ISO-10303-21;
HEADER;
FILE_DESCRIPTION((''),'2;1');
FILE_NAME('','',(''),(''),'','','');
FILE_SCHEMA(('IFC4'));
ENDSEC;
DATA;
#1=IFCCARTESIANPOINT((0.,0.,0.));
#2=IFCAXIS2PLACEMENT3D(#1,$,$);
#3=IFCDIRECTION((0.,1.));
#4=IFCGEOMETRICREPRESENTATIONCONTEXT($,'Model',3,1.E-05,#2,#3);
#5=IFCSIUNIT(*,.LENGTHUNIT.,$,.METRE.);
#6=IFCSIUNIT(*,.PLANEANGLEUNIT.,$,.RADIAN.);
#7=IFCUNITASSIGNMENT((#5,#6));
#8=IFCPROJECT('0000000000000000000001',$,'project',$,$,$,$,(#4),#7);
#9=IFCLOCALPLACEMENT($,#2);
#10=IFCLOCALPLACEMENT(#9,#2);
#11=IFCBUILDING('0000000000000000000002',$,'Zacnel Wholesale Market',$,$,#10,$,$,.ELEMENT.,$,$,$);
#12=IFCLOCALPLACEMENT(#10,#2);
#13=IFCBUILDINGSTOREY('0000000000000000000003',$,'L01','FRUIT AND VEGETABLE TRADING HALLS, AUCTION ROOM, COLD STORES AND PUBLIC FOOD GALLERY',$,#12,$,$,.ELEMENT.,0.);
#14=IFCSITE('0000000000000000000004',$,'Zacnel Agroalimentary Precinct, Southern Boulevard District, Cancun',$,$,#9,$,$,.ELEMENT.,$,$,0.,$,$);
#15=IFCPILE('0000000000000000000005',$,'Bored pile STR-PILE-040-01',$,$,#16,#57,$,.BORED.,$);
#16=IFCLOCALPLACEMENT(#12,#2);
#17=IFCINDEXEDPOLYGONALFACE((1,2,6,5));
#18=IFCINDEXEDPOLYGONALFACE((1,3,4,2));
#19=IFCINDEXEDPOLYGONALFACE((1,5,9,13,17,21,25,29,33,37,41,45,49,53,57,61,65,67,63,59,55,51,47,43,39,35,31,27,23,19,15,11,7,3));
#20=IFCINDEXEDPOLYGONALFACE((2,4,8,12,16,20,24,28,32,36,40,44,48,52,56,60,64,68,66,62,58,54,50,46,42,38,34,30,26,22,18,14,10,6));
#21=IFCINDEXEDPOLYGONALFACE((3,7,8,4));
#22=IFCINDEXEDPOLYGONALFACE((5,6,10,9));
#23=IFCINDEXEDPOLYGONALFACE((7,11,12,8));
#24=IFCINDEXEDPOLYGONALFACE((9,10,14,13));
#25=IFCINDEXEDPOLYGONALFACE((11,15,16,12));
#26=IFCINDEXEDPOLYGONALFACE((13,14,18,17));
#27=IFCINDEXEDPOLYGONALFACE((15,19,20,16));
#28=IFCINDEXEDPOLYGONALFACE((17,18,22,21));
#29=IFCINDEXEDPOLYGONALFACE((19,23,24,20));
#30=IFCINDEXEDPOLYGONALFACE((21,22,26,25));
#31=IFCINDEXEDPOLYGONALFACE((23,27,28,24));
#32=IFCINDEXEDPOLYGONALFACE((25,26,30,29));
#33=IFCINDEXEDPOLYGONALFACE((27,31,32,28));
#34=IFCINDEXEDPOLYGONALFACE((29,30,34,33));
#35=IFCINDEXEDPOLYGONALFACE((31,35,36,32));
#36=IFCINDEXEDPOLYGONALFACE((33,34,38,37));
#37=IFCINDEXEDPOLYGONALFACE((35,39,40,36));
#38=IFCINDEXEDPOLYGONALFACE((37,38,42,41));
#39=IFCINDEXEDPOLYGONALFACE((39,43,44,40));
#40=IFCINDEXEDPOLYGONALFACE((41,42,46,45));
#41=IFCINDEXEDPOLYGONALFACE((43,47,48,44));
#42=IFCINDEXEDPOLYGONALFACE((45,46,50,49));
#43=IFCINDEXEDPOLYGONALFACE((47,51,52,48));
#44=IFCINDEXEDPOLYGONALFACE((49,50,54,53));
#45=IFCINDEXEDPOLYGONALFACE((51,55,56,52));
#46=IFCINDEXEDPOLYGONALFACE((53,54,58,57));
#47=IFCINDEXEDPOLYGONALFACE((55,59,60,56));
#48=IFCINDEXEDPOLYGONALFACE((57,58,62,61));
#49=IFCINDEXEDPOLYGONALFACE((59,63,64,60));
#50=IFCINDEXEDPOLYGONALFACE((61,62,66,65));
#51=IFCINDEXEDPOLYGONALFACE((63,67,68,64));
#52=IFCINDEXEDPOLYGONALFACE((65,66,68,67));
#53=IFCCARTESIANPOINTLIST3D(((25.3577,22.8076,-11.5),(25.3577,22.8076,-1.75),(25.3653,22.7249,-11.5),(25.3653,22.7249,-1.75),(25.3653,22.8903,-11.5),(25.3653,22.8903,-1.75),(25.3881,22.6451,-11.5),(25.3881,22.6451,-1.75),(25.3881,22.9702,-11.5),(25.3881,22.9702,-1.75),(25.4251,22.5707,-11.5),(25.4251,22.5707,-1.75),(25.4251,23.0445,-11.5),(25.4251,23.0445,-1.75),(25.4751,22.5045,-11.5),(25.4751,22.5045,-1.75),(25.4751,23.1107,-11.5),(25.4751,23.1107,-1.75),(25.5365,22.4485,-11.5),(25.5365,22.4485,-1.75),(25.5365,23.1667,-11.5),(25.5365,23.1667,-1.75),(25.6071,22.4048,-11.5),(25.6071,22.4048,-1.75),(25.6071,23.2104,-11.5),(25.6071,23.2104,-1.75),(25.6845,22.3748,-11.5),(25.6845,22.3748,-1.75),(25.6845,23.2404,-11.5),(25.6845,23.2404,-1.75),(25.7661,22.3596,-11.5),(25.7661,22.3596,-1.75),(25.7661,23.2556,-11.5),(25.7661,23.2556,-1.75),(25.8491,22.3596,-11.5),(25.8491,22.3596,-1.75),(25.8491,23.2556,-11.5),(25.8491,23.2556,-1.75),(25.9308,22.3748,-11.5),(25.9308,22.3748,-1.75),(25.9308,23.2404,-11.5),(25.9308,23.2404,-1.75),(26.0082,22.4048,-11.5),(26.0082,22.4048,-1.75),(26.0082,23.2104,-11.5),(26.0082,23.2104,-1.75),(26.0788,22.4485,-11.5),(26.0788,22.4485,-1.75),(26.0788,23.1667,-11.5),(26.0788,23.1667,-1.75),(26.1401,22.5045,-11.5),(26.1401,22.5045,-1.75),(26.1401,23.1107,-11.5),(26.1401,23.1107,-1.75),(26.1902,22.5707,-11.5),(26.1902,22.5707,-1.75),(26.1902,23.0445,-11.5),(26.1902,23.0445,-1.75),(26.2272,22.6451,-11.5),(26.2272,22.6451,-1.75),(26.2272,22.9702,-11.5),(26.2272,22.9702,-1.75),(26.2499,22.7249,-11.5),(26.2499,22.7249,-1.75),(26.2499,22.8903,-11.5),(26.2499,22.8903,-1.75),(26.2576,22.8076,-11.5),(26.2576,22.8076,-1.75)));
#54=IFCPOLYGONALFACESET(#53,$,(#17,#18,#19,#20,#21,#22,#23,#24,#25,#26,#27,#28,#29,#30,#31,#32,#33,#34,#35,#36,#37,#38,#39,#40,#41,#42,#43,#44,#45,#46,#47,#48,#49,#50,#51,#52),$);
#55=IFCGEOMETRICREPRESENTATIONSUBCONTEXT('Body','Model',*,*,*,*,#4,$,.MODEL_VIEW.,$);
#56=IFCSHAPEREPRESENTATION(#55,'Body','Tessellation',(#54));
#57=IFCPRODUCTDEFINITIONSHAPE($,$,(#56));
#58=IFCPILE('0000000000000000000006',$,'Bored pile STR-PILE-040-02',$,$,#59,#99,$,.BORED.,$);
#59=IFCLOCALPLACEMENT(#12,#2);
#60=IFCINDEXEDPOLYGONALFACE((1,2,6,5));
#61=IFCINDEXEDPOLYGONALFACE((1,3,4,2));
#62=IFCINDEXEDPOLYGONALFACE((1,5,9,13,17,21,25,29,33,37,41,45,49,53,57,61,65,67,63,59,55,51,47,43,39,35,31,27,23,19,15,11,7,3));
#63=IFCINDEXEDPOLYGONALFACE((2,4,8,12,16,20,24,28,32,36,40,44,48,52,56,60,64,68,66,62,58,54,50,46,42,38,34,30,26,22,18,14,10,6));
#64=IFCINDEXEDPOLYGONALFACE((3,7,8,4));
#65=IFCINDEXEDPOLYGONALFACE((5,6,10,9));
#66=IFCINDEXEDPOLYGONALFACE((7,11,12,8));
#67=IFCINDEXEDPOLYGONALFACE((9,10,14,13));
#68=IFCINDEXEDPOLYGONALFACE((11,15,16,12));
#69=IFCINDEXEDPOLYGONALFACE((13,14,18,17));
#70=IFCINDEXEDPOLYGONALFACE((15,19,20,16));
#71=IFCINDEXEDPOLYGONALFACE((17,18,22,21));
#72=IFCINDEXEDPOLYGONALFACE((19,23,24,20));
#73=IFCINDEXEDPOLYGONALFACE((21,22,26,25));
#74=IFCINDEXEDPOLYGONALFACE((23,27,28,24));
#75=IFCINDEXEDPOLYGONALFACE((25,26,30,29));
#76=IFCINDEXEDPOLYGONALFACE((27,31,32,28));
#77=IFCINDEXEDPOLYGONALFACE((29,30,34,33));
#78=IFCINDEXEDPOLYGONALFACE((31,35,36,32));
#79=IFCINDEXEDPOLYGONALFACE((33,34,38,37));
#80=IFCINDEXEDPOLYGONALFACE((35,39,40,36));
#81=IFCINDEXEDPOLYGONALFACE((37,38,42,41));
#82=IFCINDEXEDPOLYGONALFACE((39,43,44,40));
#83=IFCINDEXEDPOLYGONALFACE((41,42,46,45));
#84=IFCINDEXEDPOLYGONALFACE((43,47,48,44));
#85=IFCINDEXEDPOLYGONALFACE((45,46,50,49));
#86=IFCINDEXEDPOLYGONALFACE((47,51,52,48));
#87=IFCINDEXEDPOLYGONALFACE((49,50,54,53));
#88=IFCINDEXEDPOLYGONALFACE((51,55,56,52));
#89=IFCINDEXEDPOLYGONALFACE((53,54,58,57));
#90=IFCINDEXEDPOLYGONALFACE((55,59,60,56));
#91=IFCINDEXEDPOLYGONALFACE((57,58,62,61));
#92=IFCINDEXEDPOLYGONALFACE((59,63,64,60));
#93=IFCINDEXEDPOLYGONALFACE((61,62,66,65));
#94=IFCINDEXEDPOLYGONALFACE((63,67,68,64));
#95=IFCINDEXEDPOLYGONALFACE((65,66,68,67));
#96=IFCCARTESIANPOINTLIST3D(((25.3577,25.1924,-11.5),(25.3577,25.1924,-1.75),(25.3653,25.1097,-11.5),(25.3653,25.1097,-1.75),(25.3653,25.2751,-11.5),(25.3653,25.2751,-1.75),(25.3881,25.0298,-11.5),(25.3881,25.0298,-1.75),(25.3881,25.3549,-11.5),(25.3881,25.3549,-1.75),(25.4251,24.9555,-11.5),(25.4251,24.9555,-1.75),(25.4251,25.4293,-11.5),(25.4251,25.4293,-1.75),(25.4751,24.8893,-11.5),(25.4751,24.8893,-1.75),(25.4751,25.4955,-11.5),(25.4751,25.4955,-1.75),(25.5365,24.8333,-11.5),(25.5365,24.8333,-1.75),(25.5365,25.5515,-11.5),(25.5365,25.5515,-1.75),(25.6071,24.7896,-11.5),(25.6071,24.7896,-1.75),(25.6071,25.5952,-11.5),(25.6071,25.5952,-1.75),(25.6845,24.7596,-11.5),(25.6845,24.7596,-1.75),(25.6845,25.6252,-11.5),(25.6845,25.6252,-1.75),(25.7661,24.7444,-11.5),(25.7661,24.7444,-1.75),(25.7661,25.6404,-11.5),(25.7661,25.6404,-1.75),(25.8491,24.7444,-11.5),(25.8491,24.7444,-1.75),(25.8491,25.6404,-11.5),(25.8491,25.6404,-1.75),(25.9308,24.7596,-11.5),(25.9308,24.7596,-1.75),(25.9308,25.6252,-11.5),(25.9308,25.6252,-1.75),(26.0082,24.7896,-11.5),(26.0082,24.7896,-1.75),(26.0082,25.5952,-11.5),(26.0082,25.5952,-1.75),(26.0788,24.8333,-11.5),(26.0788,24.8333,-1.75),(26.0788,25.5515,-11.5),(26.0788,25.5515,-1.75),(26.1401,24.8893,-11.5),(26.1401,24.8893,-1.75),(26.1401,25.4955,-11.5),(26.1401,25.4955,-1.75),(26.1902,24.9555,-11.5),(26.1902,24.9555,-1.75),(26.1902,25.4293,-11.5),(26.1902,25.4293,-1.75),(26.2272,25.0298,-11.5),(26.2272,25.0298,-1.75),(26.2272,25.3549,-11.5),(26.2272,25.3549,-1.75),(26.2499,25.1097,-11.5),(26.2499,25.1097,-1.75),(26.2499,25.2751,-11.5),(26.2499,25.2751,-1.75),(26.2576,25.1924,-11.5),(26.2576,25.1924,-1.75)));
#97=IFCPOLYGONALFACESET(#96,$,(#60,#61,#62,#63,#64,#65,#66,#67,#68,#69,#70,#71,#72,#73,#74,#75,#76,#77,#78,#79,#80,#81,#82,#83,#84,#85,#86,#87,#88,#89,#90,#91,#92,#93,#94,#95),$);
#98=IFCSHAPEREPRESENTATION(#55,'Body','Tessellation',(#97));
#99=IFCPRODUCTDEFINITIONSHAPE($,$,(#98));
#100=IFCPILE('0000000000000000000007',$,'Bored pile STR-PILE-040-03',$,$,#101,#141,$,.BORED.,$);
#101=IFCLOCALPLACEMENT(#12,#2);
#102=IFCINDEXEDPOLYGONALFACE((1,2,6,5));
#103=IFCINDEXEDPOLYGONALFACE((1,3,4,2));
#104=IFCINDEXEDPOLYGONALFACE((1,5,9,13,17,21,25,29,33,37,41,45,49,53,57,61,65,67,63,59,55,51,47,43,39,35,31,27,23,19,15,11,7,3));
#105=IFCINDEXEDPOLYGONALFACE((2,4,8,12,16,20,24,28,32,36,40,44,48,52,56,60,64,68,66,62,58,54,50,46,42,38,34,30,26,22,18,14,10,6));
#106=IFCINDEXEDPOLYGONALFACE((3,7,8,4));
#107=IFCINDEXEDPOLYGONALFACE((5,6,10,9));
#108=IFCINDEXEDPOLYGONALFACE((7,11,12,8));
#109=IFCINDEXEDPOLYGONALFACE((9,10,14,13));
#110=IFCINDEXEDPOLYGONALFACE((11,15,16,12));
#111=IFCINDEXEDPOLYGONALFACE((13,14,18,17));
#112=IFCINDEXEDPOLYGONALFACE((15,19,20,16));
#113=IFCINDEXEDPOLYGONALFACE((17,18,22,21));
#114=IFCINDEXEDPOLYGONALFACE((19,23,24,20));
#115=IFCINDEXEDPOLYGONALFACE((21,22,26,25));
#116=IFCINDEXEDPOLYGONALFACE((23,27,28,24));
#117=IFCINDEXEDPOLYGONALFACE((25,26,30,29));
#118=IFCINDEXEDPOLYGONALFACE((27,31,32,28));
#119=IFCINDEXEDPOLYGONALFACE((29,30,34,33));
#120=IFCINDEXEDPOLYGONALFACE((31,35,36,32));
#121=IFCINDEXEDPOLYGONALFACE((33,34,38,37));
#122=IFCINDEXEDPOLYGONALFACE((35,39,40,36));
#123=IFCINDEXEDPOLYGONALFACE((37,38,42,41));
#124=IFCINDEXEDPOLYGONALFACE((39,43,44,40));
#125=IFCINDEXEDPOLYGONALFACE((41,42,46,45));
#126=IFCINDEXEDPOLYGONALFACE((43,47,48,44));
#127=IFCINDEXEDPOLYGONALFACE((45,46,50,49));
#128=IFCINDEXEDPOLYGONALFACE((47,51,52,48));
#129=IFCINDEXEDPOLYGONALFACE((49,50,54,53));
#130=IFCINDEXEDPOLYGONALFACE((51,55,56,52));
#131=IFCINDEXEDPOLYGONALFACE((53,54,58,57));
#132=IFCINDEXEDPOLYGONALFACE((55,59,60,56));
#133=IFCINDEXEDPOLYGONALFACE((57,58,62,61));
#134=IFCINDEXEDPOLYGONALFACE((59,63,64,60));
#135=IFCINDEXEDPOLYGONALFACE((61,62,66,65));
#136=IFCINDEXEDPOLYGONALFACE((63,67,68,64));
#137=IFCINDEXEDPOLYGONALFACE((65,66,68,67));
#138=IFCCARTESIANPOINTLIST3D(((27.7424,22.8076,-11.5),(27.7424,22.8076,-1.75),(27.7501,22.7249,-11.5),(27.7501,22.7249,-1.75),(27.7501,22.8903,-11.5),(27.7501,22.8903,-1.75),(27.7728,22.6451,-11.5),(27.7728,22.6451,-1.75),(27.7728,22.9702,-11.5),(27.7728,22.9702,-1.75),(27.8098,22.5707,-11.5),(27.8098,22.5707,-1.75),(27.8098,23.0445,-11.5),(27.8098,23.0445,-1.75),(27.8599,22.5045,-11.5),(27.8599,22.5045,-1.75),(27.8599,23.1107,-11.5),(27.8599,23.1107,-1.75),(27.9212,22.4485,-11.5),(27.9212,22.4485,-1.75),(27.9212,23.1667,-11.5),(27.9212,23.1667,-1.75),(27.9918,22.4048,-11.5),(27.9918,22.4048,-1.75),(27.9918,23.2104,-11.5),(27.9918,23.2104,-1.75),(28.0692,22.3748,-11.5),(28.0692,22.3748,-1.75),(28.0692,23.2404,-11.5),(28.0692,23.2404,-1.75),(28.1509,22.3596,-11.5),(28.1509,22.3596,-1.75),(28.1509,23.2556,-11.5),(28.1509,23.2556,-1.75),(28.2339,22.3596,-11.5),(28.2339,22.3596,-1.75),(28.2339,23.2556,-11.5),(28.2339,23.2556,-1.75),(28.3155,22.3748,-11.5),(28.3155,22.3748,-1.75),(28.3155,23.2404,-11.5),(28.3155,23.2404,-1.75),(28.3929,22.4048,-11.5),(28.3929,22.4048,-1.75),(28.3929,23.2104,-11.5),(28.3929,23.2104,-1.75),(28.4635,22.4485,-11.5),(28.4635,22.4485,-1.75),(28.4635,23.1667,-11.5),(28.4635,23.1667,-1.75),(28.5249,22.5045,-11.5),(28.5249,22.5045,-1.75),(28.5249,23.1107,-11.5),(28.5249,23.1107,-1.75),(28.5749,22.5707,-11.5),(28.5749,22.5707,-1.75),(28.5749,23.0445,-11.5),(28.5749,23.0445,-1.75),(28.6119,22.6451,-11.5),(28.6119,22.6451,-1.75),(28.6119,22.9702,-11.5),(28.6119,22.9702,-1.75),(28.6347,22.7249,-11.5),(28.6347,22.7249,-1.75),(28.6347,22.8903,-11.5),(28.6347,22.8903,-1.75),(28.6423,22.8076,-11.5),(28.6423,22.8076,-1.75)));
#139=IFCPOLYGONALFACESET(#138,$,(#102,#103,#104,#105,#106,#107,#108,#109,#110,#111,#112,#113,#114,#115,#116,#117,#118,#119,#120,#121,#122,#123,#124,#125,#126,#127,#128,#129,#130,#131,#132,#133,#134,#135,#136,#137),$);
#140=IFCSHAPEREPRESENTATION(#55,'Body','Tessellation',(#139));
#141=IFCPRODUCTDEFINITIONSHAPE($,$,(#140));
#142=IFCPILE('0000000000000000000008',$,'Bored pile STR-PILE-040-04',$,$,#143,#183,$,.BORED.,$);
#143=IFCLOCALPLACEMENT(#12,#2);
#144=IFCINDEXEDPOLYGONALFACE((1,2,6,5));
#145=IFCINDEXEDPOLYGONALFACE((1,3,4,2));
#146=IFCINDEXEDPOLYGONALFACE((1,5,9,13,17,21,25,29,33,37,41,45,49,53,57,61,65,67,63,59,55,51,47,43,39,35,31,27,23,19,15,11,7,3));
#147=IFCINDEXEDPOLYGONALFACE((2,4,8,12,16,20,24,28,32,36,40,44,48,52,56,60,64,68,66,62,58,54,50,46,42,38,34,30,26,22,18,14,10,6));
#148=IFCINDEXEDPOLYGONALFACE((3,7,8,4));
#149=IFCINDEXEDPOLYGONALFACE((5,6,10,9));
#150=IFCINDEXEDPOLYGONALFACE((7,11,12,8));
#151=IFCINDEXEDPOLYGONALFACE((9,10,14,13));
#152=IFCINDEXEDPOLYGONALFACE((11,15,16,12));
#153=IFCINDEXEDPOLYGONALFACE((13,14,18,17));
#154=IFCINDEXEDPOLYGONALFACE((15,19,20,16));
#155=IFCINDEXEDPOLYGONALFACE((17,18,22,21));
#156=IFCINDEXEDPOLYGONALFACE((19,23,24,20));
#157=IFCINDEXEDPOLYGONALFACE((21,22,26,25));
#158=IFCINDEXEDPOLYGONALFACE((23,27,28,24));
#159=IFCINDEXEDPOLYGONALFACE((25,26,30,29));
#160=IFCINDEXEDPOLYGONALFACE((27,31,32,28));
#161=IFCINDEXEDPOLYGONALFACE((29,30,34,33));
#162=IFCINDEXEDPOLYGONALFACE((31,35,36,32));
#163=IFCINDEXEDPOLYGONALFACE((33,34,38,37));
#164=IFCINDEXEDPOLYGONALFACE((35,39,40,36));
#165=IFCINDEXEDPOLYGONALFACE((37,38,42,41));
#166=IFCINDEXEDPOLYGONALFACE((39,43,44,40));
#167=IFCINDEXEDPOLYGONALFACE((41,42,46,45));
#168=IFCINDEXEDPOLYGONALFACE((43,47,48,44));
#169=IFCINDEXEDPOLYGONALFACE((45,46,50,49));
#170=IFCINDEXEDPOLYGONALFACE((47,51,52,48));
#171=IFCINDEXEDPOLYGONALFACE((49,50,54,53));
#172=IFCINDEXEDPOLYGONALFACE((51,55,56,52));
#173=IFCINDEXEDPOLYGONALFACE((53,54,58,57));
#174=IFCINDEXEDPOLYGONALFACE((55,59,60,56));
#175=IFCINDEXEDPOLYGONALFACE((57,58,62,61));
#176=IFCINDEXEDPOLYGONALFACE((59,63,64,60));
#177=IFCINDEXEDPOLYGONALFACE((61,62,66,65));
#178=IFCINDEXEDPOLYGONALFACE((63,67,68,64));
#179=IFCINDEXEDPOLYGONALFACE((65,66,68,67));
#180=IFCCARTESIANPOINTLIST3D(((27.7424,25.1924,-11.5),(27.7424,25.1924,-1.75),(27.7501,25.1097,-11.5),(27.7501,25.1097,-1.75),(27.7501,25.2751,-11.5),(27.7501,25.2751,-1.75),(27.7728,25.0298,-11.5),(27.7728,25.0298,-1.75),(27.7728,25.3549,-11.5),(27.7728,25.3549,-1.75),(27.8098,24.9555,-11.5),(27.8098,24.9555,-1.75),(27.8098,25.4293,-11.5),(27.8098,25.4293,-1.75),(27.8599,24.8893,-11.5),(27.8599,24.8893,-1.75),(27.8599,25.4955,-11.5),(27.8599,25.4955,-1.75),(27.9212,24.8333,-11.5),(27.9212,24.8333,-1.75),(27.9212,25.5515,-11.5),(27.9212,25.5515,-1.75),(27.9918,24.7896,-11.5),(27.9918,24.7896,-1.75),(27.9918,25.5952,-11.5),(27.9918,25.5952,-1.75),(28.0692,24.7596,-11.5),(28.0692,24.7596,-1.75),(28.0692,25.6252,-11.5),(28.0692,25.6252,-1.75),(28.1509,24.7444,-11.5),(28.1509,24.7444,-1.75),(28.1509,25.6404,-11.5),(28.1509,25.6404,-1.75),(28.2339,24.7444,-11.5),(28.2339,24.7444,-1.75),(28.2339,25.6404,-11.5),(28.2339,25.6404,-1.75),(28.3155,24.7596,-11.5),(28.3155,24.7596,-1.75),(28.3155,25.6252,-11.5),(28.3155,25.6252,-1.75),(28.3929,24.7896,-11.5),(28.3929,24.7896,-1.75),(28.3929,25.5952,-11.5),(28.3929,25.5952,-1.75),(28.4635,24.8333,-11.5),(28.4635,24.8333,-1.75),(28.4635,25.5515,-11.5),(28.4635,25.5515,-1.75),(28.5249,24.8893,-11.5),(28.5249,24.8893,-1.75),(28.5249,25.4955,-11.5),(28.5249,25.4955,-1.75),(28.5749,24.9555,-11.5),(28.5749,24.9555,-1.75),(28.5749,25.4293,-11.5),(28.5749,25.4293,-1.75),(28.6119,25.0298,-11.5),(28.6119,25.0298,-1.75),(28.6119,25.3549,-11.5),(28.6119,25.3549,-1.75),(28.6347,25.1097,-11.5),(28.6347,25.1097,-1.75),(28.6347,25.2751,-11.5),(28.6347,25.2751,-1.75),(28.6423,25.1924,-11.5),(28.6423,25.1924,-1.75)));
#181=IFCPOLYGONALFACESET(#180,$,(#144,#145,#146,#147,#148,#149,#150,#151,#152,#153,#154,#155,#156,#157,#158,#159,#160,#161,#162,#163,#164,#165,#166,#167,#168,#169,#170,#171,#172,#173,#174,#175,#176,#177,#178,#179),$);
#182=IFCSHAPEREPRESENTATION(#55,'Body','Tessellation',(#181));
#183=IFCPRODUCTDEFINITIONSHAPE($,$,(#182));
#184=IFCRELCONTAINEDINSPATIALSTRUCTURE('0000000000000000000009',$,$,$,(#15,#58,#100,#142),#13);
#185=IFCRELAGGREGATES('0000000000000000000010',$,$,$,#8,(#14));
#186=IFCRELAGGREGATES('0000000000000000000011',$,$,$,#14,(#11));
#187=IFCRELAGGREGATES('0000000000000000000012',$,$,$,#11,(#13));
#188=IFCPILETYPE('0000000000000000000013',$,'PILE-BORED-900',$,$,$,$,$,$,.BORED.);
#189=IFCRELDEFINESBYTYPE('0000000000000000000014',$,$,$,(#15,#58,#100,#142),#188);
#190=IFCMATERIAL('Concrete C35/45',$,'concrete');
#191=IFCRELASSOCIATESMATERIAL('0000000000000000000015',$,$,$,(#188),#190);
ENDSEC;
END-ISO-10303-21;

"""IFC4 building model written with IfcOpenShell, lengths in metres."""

from ifc_helpers import new_model, si_unit, direction, frame, origin, origin_2d, place, context, subcontext, project, spatial, circle, extrude, material, material_profile, profile_set, type_object, element, save


model = new_model("IFC4")

# Units and contexts
model_context = context("Model", 3, precision=1e-05, world=origin(), true_north=direction((0.0, 1.0)))
body_context = subcontext(model_context, "Body", "Model", "MODEL_VIEW")
ifc_project = project(units=[si_unit("LENGTHUNIT", "METRE"), si_unit("PLANEANGLEUNIT", "RADIAN")], contexts=[model_context])

# Site, building, storey
site_placement = place(None, origin())
site = spatial("IfcSite", under=ifc_project, at=site_placement, Name="Zacnel Agroalimentary Precinct, Southern Boulevard District, Cancun", CompositionType="ELEMENT", RefElevation=0.0)
building_placement = place(site_placement, origin())
building = spatial("IfcBuilding", under=site, at=building_placement, Name="Zacnel Wholesale Market", CompositionType="ELEMENT")
storey_placement = place(building_placement, origin())
storey = spatial("IfcBuildingStorey", under=building, at=storey_placement, Name="L01", Description="FRUIT AND VEGETABLE TRADING HALLS, AUCTION ROOM, COLD STORES AND PUBLIC FOOD GALLERY", CompositionType="ELEMENT", Elevation=0.0)

# Piles
ifc_material_1 = material(Name="Concrete C35/45", Category="concrete")
ifc_material_profile_1 = material_profile(ifc_material_1, circle(Radius=0.45, at=origin_2d()), Name="BORED PILE D900")
ifc_profile_set_1 = profile_set([ifc_material_profile_1], Name="Concrete C35/45")
pile_type = type_object("IfcPileType", Name="PILE-BORED-900", PredefinedType="BORED", material=ifc_profile_set_1)
for number, where, z_axis, x_axis, name in (
    (1, (25.8076, 22.8076, -1.75), (0.0, 0.0, -1.0), (1.0, 0.0, 0.0), "Bored pile STR-PILE-040-01"),
    (2, (25.8076, 25.1924, -1.75), (0.0, 0.0, -1.0), (1.0, 0.0, 0.0), "Bored pile STR-PILE-040-02"),
    (3, (28.1924, 22.8076, -1.75), (0.0, 0.0, -1.0), (1.0, 0.0, 0.0), "Bored pile STR-PILE-040-03"),
    (4, (28.1924, 25.1924, -1.75), (0.0, 0.0, -1.0), (1.0, 0.0, 0.0), "Bored pile STR-PILE-040-04"),
):
    element("IfcPile", number, at=place(storey_placement, frame(where, z_axis=z_axis, x_axis=x_axis)), inside=storey, type_object=pile_type, Name=name, PredefinedType="BORED", context=body_context, shape_type="SweptSolid", body=[
        extrude(circle(Radius=0.45, at=origin_2d()), origin(), (0.0, 0.0, 1.0), 9.75),
    ])

save(model, "model.ifc")
